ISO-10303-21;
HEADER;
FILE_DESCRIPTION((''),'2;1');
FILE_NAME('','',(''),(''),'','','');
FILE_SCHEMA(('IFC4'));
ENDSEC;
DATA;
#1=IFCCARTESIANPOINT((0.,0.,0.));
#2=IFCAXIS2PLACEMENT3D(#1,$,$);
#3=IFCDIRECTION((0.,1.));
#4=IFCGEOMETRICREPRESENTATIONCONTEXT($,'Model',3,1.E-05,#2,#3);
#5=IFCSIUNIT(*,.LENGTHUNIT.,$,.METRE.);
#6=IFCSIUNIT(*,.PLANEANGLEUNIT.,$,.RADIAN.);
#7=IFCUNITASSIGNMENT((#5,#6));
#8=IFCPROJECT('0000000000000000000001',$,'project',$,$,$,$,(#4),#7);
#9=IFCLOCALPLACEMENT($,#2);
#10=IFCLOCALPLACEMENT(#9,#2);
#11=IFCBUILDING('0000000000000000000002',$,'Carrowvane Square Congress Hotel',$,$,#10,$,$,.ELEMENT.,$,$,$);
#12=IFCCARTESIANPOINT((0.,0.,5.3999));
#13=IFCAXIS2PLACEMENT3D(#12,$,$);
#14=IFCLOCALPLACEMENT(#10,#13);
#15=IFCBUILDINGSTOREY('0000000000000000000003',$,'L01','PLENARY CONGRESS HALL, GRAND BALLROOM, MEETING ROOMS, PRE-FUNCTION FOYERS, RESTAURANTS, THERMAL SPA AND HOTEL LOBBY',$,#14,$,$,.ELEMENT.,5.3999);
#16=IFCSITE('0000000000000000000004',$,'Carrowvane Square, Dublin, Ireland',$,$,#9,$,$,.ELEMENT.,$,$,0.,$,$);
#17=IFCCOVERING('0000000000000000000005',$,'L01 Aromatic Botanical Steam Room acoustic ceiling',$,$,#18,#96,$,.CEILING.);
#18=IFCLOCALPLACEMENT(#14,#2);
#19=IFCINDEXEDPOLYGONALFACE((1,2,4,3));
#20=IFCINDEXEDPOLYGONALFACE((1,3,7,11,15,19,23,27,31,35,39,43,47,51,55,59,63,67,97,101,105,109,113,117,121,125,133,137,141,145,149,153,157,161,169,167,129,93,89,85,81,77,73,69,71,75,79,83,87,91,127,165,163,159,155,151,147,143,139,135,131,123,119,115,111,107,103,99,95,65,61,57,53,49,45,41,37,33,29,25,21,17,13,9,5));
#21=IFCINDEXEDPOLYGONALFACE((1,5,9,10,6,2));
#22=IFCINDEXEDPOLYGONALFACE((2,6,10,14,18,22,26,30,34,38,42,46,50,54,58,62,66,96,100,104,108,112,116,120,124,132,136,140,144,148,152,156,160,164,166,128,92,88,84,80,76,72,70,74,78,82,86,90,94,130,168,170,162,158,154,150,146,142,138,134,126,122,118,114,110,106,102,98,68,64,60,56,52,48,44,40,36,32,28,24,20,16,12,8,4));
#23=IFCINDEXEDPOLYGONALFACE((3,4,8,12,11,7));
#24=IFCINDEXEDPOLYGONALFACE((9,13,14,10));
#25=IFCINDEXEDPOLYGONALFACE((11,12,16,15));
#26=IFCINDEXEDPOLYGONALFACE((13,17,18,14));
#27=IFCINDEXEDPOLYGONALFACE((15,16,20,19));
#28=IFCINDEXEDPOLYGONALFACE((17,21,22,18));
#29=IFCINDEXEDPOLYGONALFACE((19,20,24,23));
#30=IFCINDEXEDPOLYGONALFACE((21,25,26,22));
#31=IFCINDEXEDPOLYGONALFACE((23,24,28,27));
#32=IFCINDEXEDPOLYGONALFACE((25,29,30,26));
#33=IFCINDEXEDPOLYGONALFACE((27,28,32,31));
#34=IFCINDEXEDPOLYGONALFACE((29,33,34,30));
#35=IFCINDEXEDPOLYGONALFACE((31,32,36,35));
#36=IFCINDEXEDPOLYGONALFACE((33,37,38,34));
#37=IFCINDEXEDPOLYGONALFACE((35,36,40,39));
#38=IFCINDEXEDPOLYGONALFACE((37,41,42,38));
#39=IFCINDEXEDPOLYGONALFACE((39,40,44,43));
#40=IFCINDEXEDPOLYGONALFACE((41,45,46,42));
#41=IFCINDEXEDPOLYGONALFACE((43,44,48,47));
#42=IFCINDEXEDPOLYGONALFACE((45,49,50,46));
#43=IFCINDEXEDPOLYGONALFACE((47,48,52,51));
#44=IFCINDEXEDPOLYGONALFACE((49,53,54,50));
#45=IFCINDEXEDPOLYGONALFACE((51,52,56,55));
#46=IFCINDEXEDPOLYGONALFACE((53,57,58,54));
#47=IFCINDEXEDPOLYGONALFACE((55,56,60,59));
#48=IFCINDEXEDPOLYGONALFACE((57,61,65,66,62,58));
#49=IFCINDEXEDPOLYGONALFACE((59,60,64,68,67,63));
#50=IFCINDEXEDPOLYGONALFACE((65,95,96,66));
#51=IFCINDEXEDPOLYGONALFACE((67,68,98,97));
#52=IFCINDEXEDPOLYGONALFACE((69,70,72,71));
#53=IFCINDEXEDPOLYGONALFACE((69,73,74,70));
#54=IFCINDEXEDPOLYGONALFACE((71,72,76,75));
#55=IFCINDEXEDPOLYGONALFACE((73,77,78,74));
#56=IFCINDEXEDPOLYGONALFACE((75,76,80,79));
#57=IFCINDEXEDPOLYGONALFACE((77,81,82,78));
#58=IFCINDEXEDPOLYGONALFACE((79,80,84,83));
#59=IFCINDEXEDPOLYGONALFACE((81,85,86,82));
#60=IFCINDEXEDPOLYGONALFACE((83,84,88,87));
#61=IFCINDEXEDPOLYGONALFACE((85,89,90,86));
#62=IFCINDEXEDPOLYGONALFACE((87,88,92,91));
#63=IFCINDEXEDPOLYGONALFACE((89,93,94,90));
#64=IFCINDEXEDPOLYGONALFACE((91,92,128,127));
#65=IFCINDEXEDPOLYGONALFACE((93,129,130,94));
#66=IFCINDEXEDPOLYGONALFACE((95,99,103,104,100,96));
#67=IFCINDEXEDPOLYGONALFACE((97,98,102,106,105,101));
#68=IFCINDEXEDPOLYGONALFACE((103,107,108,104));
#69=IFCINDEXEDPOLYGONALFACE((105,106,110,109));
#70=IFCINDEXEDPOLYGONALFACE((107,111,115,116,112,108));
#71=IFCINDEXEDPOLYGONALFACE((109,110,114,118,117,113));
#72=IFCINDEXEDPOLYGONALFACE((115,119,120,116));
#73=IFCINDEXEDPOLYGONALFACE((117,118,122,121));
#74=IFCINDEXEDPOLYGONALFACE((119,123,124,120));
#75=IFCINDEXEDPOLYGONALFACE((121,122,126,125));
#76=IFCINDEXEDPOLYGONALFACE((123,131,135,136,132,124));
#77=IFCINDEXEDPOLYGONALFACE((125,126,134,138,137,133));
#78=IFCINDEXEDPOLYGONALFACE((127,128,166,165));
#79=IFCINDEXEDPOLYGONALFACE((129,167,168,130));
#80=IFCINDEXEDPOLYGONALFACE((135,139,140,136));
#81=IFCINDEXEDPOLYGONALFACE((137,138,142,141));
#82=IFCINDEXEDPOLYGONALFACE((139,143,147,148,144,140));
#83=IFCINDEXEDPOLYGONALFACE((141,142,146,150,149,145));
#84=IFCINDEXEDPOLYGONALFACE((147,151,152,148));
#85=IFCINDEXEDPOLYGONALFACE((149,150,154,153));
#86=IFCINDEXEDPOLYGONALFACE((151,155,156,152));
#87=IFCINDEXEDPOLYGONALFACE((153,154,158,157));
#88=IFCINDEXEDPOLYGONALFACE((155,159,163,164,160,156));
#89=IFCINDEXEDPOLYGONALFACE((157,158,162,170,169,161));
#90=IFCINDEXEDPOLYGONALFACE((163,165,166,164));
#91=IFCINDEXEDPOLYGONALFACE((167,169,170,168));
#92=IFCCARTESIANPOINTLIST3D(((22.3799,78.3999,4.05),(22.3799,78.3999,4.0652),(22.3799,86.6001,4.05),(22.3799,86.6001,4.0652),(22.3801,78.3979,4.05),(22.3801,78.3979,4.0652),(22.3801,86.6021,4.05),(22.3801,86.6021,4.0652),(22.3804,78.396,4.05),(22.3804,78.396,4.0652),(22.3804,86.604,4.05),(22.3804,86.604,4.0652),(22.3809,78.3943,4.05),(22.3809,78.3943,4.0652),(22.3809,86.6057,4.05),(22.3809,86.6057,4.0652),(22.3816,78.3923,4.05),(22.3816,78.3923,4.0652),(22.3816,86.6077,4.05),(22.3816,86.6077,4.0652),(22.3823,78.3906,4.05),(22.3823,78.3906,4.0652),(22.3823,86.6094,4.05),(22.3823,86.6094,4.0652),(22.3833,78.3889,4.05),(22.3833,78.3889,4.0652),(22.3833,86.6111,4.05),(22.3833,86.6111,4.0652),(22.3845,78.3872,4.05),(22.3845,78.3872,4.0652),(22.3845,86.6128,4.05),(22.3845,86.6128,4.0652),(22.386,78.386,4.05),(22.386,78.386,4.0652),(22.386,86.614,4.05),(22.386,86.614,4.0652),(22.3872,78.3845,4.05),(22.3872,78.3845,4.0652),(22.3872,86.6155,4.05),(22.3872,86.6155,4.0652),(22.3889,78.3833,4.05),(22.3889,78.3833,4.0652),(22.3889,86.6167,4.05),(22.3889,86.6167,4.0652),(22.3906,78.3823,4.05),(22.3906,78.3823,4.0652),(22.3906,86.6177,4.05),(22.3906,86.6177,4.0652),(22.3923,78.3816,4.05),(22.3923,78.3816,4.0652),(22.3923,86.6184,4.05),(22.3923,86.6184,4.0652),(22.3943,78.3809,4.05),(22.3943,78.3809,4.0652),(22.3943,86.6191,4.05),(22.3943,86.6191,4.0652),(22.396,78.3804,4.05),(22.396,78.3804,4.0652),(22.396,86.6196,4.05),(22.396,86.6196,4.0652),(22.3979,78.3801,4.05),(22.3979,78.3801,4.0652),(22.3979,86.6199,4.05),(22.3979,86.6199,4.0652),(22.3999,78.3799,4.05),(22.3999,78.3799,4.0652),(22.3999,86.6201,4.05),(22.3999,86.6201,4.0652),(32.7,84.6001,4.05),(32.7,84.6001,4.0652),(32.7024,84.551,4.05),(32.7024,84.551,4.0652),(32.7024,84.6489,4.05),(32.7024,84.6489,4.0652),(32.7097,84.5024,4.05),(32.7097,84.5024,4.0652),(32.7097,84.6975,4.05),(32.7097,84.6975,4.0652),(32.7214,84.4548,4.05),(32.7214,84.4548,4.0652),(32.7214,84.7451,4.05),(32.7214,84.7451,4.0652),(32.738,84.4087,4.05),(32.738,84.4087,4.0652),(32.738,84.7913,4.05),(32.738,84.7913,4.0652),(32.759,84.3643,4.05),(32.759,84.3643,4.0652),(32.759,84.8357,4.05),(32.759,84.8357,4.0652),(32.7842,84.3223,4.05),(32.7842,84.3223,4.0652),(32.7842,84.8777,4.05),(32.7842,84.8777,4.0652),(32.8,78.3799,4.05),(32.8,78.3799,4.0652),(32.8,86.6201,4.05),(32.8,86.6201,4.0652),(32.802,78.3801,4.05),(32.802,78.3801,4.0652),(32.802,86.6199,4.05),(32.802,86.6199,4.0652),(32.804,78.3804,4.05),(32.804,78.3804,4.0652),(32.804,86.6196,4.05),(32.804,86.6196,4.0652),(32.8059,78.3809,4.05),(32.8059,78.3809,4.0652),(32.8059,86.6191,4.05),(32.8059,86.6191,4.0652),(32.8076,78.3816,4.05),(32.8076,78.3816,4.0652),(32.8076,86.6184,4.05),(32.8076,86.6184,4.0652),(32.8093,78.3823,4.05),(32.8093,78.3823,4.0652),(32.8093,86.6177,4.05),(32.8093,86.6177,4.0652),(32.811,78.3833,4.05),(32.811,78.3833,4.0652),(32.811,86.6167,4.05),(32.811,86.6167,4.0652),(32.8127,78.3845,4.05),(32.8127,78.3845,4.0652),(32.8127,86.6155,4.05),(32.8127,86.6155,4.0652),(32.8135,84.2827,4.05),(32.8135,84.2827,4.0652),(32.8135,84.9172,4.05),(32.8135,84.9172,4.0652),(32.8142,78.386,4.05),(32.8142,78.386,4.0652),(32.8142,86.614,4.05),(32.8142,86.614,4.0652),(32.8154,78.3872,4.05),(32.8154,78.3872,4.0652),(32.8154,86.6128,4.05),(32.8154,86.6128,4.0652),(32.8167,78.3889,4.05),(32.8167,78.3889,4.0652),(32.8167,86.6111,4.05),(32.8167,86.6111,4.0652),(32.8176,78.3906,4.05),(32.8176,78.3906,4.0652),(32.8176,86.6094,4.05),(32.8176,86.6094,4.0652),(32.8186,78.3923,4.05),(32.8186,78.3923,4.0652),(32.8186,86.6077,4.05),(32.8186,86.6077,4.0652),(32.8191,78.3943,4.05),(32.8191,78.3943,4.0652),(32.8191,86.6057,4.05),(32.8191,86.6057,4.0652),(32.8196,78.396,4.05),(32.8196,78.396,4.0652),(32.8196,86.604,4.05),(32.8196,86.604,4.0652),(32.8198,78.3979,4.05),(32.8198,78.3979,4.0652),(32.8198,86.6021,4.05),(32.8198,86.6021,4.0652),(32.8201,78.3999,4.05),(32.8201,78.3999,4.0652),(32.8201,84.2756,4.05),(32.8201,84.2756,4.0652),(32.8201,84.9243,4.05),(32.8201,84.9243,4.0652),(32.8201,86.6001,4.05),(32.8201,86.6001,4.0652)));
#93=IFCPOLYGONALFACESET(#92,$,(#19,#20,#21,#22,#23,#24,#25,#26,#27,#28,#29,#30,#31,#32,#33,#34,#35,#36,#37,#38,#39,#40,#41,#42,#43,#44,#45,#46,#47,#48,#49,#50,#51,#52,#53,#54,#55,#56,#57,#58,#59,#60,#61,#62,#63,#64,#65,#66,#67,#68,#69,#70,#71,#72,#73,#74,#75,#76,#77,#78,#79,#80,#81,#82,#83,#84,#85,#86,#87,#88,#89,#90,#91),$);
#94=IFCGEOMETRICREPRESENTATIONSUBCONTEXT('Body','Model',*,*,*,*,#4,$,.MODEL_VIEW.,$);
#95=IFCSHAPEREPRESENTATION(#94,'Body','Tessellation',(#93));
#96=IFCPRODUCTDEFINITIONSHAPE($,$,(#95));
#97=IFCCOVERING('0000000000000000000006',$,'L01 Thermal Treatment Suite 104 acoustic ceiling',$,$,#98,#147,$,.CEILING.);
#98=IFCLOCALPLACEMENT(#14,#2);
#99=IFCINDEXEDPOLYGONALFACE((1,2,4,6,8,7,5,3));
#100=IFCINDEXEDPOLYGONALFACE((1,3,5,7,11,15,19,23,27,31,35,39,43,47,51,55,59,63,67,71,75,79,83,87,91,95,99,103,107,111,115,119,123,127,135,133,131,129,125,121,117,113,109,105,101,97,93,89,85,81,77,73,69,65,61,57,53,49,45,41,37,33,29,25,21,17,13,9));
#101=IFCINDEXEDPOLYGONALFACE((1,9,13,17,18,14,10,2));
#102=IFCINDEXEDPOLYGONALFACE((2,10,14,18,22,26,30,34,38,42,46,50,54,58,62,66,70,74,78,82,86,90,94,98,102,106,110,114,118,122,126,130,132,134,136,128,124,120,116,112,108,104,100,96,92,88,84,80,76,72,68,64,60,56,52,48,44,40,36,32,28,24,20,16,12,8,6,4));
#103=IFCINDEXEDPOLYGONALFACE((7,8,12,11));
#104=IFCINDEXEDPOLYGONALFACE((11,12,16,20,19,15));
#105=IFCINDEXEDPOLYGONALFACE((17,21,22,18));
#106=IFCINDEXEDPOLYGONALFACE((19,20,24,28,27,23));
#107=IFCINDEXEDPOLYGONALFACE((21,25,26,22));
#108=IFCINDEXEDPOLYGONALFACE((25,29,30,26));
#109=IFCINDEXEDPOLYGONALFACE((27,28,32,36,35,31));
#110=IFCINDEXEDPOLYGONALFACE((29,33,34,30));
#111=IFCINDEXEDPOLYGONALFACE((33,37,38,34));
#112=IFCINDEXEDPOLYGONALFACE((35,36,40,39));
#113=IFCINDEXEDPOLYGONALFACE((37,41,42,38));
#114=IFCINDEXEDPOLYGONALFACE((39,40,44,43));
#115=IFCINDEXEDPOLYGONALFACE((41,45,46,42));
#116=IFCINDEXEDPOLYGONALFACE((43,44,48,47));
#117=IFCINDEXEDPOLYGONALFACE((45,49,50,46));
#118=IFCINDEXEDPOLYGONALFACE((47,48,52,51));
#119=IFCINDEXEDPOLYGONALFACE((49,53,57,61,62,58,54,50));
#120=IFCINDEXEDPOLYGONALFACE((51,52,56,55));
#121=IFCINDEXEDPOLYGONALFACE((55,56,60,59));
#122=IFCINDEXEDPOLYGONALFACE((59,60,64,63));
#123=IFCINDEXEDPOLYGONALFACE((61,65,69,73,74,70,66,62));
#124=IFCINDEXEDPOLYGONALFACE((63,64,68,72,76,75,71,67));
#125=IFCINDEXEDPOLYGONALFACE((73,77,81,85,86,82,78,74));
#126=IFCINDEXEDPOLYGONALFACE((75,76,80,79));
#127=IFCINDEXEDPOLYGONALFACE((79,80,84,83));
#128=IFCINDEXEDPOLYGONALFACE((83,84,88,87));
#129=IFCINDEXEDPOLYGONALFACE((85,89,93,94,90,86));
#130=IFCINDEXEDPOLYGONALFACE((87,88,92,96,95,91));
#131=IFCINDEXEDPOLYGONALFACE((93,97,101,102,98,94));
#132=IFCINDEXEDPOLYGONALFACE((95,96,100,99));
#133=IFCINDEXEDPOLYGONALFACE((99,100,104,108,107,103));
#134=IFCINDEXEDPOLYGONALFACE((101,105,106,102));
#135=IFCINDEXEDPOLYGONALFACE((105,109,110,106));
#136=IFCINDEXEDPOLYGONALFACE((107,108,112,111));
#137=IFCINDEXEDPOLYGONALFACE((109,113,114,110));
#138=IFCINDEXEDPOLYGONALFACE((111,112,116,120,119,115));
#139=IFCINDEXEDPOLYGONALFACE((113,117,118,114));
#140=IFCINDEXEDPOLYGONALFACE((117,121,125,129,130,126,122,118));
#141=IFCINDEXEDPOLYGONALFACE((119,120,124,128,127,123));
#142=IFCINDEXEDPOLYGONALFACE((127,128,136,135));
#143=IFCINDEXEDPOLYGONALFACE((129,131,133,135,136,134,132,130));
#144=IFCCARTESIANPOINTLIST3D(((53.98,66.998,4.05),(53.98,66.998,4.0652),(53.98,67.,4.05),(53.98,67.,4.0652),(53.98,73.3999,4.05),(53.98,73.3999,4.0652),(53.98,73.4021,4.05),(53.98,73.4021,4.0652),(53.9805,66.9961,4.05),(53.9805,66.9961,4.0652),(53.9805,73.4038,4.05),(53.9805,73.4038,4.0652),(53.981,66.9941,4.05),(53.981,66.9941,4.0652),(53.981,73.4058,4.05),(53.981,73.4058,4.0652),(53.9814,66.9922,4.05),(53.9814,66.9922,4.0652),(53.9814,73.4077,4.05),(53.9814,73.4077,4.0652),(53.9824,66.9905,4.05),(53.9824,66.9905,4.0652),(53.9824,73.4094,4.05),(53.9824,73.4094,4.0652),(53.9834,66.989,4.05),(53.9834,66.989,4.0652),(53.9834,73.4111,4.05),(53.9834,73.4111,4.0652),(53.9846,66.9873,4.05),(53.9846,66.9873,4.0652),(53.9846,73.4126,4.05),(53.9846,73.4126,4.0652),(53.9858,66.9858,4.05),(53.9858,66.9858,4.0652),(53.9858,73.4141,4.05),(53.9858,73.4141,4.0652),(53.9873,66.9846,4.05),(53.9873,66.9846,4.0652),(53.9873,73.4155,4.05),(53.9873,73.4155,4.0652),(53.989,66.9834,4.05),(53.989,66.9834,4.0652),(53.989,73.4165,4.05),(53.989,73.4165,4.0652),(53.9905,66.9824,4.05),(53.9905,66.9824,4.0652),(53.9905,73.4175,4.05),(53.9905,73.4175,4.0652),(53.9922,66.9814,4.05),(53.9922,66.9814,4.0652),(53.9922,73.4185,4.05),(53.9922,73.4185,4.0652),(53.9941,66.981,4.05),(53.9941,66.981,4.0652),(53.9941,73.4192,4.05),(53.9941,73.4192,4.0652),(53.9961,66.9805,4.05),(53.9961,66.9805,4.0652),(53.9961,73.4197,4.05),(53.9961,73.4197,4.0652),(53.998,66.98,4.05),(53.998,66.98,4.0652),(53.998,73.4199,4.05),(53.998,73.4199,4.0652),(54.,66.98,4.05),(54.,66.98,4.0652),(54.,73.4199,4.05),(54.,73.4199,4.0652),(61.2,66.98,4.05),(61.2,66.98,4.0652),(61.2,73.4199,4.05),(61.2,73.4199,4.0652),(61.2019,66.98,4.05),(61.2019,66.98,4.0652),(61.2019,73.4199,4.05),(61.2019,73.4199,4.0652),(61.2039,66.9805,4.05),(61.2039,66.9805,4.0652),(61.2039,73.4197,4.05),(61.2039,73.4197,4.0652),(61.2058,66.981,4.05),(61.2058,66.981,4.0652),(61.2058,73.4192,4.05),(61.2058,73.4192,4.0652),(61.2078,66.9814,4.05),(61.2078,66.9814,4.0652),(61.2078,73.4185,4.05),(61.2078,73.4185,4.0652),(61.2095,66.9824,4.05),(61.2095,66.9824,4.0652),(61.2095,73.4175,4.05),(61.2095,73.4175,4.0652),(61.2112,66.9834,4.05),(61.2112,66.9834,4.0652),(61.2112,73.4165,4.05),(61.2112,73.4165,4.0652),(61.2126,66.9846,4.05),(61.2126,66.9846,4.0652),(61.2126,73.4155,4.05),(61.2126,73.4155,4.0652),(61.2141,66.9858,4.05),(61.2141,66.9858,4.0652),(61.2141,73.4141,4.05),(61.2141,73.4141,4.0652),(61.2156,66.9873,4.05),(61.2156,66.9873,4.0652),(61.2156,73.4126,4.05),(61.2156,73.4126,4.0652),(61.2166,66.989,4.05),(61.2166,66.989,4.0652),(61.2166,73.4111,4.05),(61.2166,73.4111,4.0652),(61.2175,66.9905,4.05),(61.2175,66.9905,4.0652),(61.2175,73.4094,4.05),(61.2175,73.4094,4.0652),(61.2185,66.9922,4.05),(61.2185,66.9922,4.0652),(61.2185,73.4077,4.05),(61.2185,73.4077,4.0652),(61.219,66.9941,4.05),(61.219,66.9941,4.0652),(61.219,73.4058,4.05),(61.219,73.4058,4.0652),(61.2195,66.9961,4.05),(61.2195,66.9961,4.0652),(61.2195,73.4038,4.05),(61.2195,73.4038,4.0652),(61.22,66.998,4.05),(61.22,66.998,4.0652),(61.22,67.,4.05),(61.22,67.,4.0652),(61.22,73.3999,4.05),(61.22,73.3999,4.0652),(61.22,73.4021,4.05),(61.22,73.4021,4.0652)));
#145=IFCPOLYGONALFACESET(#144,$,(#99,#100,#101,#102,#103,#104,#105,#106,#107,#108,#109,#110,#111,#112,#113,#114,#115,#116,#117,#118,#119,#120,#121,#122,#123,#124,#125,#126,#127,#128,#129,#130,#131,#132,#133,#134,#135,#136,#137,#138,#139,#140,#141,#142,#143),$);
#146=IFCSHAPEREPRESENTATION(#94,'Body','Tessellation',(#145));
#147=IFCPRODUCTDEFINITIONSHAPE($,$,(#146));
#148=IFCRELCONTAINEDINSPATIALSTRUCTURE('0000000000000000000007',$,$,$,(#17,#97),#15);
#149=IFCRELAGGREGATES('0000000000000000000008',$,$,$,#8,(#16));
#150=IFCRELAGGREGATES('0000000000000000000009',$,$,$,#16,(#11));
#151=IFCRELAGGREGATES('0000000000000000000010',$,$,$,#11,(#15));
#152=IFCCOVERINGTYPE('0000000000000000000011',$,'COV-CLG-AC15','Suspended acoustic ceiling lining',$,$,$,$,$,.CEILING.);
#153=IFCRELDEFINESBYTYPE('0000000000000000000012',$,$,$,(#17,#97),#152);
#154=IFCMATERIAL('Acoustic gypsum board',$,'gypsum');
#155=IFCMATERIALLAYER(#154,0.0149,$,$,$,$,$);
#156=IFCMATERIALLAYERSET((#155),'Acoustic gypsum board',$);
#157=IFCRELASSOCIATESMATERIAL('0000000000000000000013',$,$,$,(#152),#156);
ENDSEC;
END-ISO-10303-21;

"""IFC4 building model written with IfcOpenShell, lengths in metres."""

from ifc_helpers import new_model, si_unit, direction, frame, origin, place, context, subcontext, project, spatial, polyline, outline, extrude, material, layer, layer_set, type_object, element, save


model = new_model("IFC4")

# Units and contexts
model_context = context("Model", 3, precision=1e-05, world=origin(), true_north=direction((0.0, 1.0)))
body_context = subcontext(model_context, "Body", "Model", "MODEL_VIEW")
ifc_project = project(units=[si_unit("LENGTHUNIT", "METRE"), si_unit("PLANEANGLEUNIT", "RADIAN")], contexts=[model_context])

# Site, building, storey
site_placement = place(None, origin())
site = spatial("IfcSite", under=ifc_project, at=site_placement, Name="Carrowvane Square, Dublin, Ireland", CompositionType="ELEMENT", RefElevation=0.0)
building_placement = place(site_placement, origin())
building = spatial("IfcBuilding", under=site, at=building_placement, Name="Carrowvane Square Congress Hotel", CompositionType="ELEMENT")
storey_placement = place(building_placement, frame((0.0, 0.0, 5.3999)))
storey = spatial("IfcBuildingStorey", under=building, at=storey_placement, Name="L01", Description="PLENARY CONGRESS HALL, GRAND BALLROOM, MEETING ROOMS, PRE-FUNCTION FOYERS, RESTAURANTS, THERMAL SPA AND HOTEL LOBBY", CompositionType="ELEMENT", Elevation=5.3999)

# Coverings
ifc_material_1 = material(Name="Acoustic gypsum board", Category="gypsum")
ifc_layer_1 = layer(ifc_material_1, 0.0149)
ifc_layer_set_1 = layer_set([ifc_layer_1], Name="Acoustic gypsum board")
covering_type_1 = type_object("IfcCoveringType", Name="COV-CLG-AC15", Description="Suspended acoustic ceiling lining", PredefinedType="CEILING", material=ifc_layer_set_1)
covering_1_placement = place(storey_placement, frame((0.0, 0.0, 4.05)))
element("IfcCovering", 1, at=covering_1_placement, inside=storey, type_object=covering_type_1, Name="L01 Aromatic Botanical Steam Room acoustic ceiling", PredefinedType="CEILING", context=body_context, shape_type="SweptSolid", body=[
    extrude(outline(polyline([(32.802, 86.6199), (32.804, 86.6196), (32.8059, 86.6191), (32.8076, 86.6184), (32.8093, 86.6177), (32.811, 86.6167), (32.8127, 86.6155), (32.8142, 86.614), (32.8154, 86.6128), (32.8167, 86.6111), (32.8176, 86.6094), (32.8186, 86.6077), (32.8191, 86.6057), (32.8196, 86.604), (32.8198, 86.6021), (32.8201, 86.6001), (32.8201, 84.9243), (32.8135, 84.9172), (32.7842, 84.8777), (32.759, 84.8357), (32.738, 84.7913), (32.7214, 84.7451), (32.7097, 84.6975), (32.7024, 84.6489), (32.7, 84.6001), (32.7024, 84.551), (32.7097, 84.5024), (32.7214, 84.4548), (32.738, 84.4087), (32.759, 84.3643), (32.7842, 84.3223), (32.8135, 84.2827), (32.8201, 84.2756), (32.8201, 78.3999), (32.8198, 78.3979), (32.8196, 78.396), (32.8191, 78.3943), (32.8186, 78.3923), (32.8176, 78.3906), (32.8167, 78.3889), (32.8154, 78.3872), (32.8142, 78.386), (32.8127, 78.3845), (32.811, 78.3833), (32.8093, 78.3823), (32.8076, 78.3816), (32.8059, 78.3809), (32.804, 78.3804), (32.802, 78.3801), (32.8, 78.3799), (22.3999, 78.3799), (22.3979, 78.3801), (22.396, 78.3804), (22.3943, 78.3809), (22.3923, 78.3816), (22.3906, 78.3823), (22.3889, 78.3833), (22.3872, 78.3845), (22.386, 78.386), (22.3845, 78.3872), (22.3833, 78.3889), (22.3823, 78.3906), (22.3816, 78.3923), (22.3809, 78.3943), (22.3804, 78.396), (22.3801, 78.3979), (22.3799, 78.3999), (22.3799, 86.6001), (22.3801, 86.6021), (22.3804, 86.604), (22.3809, 86.6057), (22.3816, 86.6077), (22.3823, 86.6094), (22.3833, 86.6111), (22.3845, 86.6128), (22.386, 86.614), (22.3872, 86.6155), (22.3889, 86.6167), (22.3906, 86.6177), (22.3923, 86.6184), (22.3943, 86.6191), (22.396, 86.6196), (22.3979, 86.6199), (22.3999, 86.6201), (32.8, 86.6201), (32.802, 86.6199)])), origin(), (0.0, 0.0, 1.0), 0.0151),
])
covering_2_placement = place(storey_placement, frame((0.0, 0.0, 4.05)))
element("IfcCovering", 2, at=covering_2_placement, inside=storey, type_object=covering_type_1, Name="L01 Thermal Treatment Suite 104 acoustic ceiling", PredefinedType="CEILING", context=body_context, shape_type="SweptSolid", body=[
    extrude(outline(polyline([(53.98, 73.4021), (53.9805, 73.4038), (53.981, 73.4058), (53.9814, 73.4077), (53.9824, 73.4094), (53.9834, 73.4111), (53.9846, 73.4126), (53.9858, 73.4141), (53.9873, 73.4155), (53.989, 73.4165), (53.9905, 73.4175), (53.9922, 73.4185), (53.9941, 73.4192), (53.9961, 73.4197), (53.998, 73.4199), (54.0, 73.4199), (61.2, 73.4199), (61.2019, 73.4199), (61.2039, 73.4197), (61.2058, 73.4192), (61.2078, 73.4185), (61.2095, 73.4175), (61.2112, 73.4165), (61.2126, 73.4155), (61.2141, 73.4141), (61.2156, 73.4126), (61.2166, 73.4111), (61.2175, 73.4094), (61.2185, 73.4077), (61.219, 73.4058), (61.2195, 73.4038), (61.22, 73.4021), (61.22, 73.3999), (61.22, 67.0), (61.22, 66.998), (61.2195, 66.9961), (61.219, 66.9941), (61.2185, 66.9922), (61.2175, 66.9905), (61.2166, 66.989), (61.2156, 66.9873), (61.2141, 66.9858), (61.2126, 66.9846), (61.2112, 66.9834), (61.2095, 66.9824), (61.2078, 66.9814), (61.2058, 66.981), (61.2039, 66.9805), (61.2019, 66.98), (61.2, 66.98), (54.0, 66.98), (53.998, 66.98), (53.9961, 66.9805), (53.9941, 66.981), (53.9922, 66.9814), (53.9905, 66.9824), (53.989, 66.9834), (53.9873, 66.9846), (53.9858, 66.9858), (53.9846, 66.9873), (53.9834, 66.989), (53.9824, 66.9905), (53.9814, 66.9922), (53.981, 66.9941), (53.9805, 66.9961), (53.98, 66.998), (53.98, 67.0), (53.98, 73.3999), (53.98, 73.4021)])), origin(), (0.0, 0.0, 1.0), 0.0151),
])

save(model, "model.ifc")
